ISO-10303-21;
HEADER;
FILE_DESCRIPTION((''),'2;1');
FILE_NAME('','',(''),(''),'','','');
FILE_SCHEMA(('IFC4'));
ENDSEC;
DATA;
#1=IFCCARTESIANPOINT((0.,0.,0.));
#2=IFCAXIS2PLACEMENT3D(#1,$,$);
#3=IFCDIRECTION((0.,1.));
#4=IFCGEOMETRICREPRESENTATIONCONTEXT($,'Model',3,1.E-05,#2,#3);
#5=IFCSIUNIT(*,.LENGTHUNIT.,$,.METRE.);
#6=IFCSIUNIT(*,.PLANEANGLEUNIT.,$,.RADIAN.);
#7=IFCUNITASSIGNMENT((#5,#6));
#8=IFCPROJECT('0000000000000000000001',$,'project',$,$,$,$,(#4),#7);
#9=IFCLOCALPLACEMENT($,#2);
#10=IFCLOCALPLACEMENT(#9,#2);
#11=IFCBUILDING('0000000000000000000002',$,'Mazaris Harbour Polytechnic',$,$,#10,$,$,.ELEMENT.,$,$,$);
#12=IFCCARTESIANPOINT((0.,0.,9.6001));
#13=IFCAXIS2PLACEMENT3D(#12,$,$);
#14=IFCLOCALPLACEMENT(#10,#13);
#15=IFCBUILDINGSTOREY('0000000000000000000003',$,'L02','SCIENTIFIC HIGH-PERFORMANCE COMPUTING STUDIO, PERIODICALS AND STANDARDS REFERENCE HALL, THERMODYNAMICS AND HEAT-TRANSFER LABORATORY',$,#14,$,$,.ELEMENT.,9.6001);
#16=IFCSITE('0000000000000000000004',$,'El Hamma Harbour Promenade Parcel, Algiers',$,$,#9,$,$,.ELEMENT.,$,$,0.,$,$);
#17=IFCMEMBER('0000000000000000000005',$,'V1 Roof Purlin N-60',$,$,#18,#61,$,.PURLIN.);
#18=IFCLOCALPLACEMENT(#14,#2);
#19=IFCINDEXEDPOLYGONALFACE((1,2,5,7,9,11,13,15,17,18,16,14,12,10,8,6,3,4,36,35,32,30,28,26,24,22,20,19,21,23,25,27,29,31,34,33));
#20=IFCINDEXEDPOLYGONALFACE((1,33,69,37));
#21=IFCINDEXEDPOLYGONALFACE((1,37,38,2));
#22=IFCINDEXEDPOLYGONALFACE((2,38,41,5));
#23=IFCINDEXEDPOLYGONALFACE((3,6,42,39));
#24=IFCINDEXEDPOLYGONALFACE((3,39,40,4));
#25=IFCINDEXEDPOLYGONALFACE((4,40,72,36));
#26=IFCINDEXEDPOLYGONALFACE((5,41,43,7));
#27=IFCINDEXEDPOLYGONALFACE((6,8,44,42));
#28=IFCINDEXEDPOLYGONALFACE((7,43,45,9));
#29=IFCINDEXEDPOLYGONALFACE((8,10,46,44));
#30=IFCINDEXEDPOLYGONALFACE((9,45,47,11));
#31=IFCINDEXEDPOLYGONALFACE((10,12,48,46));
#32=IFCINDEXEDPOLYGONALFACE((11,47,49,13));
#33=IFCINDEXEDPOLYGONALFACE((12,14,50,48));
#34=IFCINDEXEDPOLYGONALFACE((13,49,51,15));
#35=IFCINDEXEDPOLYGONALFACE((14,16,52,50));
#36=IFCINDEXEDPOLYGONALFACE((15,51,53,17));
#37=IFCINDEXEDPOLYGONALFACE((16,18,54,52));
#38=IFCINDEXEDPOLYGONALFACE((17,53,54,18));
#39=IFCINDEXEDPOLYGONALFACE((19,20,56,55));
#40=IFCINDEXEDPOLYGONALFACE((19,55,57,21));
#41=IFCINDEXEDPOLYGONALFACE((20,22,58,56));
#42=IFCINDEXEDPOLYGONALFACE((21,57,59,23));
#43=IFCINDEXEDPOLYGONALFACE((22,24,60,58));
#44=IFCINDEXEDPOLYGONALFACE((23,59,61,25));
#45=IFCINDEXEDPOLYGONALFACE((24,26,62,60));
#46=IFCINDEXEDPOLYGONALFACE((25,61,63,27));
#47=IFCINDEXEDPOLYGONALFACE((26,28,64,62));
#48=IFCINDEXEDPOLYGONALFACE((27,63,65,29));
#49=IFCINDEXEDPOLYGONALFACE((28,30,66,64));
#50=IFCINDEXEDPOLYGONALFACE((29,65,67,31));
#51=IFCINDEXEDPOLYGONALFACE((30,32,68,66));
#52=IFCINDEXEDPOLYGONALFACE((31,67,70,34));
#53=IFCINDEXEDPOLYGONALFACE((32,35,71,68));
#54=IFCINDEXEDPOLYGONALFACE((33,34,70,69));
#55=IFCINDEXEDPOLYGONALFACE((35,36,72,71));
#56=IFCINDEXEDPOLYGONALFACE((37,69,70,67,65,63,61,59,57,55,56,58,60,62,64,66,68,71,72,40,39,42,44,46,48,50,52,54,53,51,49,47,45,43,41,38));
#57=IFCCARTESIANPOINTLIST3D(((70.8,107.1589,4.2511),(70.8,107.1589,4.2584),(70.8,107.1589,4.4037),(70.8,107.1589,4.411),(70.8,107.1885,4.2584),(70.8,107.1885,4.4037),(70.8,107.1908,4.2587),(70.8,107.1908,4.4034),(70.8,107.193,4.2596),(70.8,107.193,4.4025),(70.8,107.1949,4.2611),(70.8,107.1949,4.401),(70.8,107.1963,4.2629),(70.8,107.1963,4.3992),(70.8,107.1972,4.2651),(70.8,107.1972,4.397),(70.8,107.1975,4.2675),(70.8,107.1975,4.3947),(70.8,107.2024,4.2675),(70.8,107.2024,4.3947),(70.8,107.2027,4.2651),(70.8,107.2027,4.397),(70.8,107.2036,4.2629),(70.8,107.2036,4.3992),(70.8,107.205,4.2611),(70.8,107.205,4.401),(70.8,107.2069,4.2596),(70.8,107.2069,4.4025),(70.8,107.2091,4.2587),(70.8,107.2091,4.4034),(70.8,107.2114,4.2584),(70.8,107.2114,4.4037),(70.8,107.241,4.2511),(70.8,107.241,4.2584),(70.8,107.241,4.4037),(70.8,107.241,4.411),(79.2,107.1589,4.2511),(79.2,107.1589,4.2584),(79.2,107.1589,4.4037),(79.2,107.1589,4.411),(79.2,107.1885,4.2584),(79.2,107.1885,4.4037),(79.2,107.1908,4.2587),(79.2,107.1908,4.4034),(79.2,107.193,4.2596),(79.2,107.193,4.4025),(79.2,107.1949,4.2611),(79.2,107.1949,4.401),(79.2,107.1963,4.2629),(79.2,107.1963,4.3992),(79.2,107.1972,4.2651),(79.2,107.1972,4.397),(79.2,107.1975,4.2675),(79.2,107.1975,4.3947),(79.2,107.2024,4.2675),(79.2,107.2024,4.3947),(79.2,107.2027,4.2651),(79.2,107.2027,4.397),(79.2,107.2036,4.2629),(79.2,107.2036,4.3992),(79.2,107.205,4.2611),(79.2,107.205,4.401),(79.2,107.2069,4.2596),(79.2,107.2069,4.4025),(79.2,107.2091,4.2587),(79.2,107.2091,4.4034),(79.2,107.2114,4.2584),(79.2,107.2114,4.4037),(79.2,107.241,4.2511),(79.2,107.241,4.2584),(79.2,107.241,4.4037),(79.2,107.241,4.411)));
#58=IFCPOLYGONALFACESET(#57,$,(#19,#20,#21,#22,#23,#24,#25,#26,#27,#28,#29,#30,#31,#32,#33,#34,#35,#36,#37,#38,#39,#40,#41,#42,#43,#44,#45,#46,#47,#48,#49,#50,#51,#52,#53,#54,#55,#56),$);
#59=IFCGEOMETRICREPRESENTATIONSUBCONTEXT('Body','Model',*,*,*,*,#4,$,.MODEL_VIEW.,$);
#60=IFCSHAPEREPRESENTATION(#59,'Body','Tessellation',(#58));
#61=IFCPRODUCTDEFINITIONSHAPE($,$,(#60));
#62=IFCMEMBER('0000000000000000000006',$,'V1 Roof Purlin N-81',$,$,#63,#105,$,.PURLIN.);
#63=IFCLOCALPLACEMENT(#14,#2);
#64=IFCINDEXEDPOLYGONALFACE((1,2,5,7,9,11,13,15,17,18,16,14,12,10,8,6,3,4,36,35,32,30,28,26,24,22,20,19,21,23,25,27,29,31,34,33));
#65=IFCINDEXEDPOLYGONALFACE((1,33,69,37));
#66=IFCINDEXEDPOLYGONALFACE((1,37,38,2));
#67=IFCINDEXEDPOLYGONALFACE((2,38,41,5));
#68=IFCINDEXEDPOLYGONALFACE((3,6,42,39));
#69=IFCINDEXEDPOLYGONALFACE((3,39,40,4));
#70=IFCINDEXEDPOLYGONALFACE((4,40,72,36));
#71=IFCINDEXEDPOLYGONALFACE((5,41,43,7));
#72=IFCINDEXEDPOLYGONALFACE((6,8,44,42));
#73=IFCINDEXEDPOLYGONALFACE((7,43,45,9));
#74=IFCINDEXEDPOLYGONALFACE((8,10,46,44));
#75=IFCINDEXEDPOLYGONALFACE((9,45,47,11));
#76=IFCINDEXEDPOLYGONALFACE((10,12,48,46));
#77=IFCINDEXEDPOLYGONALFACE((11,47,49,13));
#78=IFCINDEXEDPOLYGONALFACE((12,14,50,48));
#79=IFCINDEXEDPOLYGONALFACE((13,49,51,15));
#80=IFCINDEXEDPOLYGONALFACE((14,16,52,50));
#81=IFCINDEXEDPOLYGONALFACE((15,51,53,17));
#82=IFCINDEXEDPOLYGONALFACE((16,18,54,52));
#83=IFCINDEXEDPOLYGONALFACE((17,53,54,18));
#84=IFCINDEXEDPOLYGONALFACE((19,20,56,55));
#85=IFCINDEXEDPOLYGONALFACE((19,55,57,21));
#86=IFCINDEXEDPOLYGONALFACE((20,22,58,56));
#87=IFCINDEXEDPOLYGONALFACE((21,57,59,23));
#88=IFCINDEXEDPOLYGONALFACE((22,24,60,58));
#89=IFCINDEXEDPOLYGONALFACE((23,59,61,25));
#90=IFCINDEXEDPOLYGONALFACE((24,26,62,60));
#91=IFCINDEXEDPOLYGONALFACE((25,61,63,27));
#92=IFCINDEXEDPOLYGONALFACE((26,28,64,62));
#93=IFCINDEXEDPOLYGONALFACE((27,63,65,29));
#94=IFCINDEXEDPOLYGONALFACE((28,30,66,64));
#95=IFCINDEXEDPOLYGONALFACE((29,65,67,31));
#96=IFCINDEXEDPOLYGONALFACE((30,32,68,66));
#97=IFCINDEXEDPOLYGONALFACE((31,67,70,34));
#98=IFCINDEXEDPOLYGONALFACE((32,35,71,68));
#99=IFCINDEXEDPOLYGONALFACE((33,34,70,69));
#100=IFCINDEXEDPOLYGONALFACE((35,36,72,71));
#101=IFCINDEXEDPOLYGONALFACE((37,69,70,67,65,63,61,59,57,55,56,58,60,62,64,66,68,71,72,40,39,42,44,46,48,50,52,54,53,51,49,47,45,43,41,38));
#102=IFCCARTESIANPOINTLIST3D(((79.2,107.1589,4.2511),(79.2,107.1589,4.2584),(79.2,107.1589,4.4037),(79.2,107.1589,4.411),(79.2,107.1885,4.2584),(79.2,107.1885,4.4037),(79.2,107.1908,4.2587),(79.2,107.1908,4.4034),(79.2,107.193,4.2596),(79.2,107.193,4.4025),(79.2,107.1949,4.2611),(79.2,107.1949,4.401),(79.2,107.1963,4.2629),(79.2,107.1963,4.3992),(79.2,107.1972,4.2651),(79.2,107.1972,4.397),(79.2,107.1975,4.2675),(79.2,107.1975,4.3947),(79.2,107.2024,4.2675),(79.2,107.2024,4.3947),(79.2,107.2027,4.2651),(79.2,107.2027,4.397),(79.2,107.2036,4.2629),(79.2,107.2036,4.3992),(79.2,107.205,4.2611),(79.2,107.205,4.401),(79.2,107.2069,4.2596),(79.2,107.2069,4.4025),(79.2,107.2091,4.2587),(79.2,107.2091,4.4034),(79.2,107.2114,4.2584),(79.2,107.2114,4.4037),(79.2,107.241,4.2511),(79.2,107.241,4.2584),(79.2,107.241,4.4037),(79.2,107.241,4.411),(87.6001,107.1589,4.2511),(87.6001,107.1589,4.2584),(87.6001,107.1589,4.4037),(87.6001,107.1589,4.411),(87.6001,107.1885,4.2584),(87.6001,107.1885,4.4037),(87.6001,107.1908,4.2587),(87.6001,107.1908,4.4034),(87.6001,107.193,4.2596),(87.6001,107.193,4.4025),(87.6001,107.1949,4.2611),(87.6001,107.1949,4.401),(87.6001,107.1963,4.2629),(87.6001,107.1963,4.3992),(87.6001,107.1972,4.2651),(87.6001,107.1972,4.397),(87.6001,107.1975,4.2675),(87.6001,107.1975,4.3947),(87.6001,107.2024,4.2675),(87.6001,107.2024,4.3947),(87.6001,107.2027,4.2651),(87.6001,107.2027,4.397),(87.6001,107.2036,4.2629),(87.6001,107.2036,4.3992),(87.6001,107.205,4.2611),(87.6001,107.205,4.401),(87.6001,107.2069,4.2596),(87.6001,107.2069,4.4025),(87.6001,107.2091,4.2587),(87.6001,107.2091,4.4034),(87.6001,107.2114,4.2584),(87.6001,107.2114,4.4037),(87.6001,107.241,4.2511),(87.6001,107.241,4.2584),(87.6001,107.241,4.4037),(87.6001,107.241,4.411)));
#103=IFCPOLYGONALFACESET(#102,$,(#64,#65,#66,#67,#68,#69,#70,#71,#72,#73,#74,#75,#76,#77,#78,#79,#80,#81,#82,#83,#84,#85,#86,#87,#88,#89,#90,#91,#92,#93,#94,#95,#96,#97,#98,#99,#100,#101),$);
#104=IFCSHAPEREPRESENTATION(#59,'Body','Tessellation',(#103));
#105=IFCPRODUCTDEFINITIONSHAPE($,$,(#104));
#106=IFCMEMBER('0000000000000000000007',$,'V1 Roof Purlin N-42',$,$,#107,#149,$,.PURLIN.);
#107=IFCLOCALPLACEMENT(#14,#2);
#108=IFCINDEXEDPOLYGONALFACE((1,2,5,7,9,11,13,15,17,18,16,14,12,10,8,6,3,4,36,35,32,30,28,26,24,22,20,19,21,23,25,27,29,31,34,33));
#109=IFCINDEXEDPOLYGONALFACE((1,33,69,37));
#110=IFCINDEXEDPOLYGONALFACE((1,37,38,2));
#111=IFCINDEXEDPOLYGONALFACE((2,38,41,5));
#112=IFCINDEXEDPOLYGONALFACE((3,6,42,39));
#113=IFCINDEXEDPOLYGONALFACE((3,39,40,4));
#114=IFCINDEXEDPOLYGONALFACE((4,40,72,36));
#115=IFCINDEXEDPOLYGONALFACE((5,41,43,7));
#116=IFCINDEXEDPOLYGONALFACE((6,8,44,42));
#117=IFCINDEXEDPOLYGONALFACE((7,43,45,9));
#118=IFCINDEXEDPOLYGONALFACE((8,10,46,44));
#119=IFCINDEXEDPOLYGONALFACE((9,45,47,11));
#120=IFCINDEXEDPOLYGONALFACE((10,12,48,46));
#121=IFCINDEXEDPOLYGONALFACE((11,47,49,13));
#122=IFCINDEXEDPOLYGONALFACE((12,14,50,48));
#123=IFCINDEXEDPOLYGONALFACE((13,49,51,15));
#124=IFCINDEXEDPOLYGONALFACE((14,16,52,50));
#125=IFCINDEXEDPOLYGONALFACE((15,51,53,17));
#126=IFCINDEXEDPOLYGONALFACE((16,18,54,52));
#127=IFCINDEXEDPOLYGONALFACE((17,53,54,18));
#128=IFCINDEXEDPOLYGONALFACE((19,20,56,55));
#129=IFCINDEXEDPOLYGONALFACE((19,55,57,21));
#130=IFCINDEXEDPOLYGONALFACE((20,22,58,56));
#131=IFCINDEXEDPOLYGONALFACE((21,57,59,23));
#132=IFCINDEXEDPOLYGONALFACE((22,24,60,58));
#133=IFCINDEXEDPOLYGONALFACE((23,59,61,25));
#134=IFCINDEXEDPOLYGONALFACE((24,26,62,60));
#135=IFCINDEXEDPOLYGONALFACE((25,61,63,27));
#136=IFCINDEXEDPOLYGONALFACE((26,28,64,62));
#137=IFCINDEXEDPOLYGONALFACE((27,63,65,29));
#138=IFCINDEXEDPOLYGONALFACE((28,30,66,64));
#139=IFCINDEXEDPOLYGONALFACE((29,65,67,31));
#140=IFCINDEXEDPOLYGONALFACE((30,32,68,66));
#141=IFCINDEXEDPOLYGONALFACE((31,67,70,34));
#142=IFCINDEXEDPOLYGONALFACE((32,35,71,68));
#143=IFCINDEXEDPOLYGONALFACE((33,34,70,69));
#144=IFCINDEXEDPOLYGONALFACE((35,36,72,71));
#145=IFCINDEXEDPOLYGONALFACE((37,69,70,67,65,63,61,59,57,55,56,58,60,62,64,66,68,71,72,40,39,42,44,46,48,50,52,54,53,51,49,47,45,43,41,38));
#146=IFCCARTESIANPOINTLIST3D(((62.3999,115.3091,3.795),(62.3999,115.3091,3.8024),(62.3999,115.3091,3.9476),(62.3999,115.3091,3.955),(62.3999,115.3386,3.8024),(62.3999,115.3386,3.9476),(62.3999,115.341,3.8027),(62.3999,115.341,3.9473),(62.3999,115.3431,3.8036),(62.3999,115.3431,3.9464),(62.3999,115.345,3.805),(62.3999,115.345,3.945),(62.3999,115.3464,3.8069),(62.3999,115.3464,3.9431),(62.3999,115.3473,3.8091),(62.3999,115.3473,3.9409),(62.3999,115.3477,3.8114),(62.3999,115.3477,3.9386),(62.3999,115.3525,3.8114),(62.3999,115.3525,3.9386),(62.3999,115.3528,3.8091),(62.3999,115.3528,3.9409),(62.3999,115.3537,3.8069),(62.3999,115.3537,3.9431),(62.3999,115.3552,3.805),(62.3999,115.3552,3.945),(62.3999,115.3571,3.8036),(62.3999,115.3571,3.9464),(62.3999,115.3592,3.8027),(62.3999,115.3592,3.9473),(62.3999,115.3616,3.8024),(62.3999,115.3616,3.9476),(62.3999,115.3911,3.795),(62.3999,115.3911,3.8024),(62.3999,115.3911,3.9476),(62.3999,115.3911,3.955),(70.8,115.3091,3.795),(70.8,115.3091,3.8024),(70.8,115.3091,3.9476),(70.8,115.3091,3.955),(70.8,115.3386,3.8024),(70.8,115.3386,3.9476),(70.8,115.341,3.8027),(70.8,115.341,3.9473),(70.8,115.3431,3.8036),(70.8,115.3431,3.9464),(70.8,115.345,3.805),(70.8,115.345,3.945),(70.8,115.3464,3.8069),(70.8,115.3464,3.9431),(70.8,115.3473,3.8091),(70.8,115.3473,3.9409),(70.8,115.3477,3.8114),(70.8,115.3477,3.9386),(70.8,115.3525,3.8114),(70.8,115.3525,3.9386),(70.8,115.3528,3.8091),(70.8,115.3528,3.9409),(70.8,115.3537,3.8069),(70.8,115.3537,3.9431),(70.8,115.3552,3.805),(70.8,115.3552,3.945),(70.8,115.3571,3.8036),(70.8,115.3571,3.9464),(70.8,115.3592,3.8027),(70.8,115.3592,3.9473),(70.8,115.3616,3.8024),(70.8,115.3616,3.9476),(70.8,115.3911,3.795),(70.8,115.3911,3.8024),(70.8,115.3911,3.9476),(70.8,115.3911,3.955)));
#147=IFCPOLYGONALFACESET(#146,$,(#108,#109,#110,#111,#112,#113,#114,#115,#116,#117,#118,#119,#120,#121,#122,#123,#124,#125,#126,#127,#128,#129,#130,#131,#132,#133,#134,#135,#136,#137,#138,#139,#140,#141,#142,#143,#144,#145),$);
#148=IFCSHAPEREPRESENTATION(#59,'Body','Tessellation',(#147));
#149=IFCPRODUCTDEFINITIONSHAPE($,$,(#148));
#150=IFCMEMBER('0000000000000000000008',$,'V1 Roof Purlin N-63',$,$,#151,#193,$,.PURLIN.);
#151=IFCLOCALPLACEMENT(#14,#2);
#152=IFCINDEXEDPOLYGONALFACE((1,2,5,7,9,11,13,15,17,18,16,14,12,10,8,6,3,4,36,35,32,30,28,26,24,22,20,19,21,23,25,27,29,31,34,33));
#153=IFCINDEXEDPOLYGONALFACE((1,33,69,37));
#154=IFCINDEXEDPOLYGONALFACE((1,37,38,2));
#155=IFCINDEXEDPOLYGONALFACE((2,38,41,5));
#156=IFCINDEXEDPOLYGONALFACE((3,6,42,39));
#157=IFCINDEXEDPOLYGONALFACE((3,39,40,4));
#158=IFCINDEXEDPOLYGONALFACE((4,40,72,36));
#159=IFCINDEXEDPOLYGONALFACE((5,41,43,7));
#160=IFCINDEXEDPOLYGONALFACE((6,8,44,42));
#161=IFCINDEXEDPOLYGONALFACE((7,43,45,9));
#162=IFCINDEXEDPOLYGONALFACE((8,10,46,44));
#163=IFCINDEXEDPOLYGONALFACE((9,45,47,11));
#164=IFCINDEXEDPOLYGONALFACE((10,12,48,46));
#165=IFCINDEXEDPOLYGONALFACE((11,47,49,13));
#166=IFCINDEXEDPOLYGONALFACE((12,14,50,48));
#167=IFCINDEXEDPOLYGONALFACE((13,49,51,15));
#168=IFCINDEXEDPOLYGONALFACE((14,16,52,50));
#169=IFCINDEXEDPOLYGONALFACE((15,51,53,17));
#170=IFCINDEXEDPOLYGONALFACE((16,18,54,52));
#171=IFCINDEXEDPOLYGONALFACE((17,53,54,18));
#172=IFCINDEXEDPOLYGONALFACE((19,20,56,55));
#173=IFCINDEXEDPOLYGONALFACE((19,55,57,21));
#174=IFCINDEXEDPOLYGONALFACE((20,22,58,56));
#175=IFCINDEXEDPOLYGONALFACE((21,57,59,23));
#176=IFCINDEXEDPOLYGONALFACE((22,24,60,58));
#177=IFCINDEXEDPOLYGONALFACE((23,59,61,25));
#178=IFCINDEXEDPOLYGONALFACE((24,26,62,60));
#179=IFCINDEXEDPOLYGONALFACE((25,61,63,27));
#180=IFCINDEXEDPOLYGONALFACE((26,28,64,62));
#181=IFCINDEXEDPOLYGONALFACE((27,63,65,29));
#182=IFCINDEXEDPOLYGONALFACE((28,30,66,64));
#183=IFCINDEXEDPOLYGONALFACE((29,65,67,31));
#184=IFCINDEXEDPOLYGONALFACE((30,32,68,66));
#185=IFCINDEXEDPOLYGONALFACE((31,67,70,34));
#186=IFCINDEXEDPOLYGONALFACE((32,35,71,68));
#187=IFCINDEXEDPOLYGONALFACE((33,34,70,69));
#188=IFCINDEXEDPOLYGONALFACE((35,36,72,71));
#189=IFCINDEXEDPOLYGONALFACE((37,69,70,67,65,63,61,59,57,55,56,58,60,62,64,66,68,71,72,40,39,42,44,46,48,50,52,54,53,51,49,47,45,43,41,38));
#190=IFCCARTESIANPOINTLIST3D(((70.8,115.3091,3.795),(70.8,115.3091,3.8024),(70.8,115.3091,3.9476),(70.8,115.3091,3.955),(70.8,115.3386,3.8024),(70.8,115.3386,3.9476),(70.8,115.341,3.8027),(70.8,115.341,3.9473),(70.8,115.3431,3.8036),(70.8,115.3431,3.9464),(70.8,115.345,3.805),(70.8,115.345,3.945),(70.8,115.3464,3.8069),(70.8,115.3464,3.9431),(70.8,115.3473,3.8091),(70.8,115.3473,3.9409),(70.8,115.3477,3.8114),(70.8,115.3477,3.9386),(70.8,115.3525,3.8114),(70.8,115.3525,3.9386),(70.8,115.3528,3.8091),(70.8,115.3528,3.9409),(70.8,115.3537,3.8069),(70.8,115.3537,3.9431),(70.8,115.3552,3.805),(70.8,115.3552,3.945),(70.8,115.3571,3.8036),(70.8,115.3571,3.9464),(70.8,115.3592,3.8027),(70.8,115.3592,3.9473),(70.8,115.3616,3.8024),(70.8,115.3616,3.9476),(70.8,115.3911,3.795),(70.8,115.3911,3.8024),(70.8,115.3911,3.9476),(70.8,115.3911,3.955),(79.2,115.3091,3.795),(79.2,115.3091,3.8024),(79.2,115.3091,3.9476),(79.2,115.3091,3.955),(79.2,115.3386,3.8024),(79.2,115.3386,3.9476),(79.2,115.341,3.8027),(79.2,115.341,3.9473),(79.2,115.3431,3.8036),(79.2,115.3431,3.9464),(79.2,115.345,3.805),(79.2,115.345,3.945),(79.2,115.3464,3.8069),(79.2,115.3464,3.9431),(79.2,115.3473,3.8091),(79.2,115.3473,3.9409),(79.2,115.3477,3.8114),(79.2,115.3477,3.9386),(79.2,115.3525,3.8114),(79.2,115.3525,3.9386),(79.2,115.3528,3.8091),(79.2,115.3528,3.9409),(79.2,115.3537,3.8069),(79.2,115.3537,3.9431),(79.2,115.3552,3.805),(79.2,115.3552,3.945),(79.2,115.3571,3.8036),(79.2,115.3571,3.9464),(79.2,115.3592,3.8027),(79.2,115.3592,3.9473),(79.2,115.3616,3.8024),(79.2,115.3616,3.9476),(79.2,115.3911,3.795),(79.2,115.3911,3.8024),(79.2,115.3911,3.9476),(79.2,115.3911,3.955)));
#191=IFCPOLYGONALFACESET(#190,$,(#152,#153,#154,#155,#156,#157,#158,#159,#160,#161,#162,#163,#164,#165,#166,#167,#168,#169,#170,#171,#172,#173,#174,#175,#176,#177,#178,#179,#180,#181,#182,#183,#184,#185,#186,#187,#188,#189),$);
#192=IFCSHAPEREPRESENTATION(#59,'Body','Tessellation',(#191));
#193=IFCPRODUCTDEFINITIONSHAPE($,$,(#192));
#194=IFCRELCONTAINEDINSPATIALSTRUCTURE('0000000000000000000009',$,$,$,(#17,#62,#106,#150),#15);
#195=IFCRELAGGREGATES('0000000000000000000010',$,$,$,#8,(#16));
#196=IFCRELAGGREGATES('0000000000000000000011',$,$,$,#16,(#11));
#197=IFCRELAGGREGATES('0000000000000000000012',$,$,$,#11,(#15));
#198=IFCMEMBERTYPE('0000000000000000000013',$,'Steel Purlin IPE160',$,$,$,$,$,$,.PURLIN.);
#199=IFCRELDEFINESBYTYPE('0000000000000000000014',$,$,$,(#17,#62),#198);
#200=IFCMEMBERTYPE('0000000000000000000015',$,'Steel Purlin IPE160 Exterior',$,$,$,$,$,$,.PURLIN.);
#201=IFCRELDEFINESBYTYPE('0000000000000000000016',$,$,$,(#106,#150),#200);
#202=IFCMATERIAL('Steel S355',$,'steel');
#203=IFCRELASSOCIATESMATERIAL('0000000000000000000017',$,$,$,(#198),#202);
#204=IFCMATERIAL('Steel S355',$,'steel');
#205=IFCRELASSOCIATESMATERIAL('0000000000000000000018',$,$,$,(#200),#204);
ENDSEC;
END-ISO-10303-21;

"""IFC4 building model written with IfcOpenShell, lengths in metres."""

from ifc_helpers import new_model, si_unit, direction, frame, origin, origin_2d, place, context, subcontext, project, spatial, i_section, extrude, material, material_profile, profile_set, type_object, element, save


model = new_model("IFC4")

# Units and contexts
model_context = context("Model", 3, precision=1e-05, world=origin(), true_north=direction((0.0, 1.0)))
body_context = subcontext(model_context, "Body", "Model", "MODEL_VIEW")
ifc_project = project(units=[si_unit("LENGTHUNIT", "METRE"), si_unit("PLANEANGLEUNIT", "RADIAN")], contexts=[model_context])

# Site, building, storey
site_placement = place(None, origin())
site = spatial("IfcSite", under=ifc_project, at=site_placement, Name="El Hamma Harbour Promenade Parcel, Algiers", CompositionType="ELEMENT", RefElevation=0.0)
building_placement = place(site_placement, origin())
building = spatial("IfcBuilding", under=site, at=building_placement, Name="Mazaris Harbour Polytechnic", CompositionType="ELEMENT")
storey_placement = place(building_placement, frame((0.0, 0.0, 9.6001)))
storey = spatial("IfcBuildingStorey", under=building, at=storey_placement, Name="L02", Description="SCIENTIFIC HIGH-PERFORMANCE COMPUTING STUDIO, PERIODICALS AND STANDARDS REFERENCE HALL, THERMODYNAMICS AND HEAT-TRANSFER LABORATORY", CompositionType="ELEMENT", Elevation=9.6001)

# Members
ifc_material_1 = material(Name="Steel S355", Category="steel")
ifc_material_profile_1 = material_profile(ifc_material_1, i_section(OverallWidth=0.082, OverallDepth=0.1599, WebThickness=0.0049, FlangeThickness=0.0073, FilletRadius=0.009, at=origin_2d()), Name="IPE 160")
ifc_profile_set_1 = profile_set([ifc_material_profile_1], Name="Steel S355")
member_type_1 = type_object("IfcMemberType", Name="Steel Purlin IPE160", PredefinedType="PURLIN", material=ifc_profile_set_1)
member_1_placement = place(storey_placement, frame((70.8, 107.2, 4.3311), z_axis=(1.0, 0.0, 0.0), x_axis=(0.0, 1.0, 0.0)))
element("IfcMember", 1, at=member_1_placement, inside=storey, type_object=member_type_1, Name="V1 Roof Purlin N-60", PredefinedType="PURLIN", context=body_context, shape_type="SweptSolid", body=[
    extrude(i_section(OverallWidth=0.082, OverallDepth=0.1599, WebThickness=0.0049, FlangeThickness=0.0073, FilletRadius=0.009, at=origin_2d()), origin(), (0.0, 0.0, 1.0), 8.3999),
])
member_2_placement = place(storey_placement, frame((79.2, 107.2, 4.3311), z_axis=(1.0, 0.0, 0.0), x_axis=(0.0, 1.0, 0.0)))
element("IfcMember", 2, at=member_2_placement, inside=storey, type_object=member_type_1, Name="V1 Roof Purlin N-81", PredefinedType="PURLIN", context=body_context, shape_type="SweptSolid", body=[
    extrude(i_section(OverallWidth=0.082, OverallDepth=0.1599, WebThickness=0.0049, FlangeThickness=0.0073, FilletRadius=0.009, at=origin_2d()), origin(), (0.0, 0.0, 1.0), 8.4001),
])
ifc_material_2 = material(Name="Steel S355", Category="steel")
ifc_material_profile_2 = material_profile(ifc_material_2, i_section(OverallWidth=0.082, OverallDepth=0.1599, WebThickness=0.0049, FlangeThickness=0.0073, FilletRadius=0.009, at=origin_2d()), Name="IPE 160")
ifc_profile_set_2 = profile_set([ifc_material_profile_2], Name="Steel S355")
member_type_2 = type_object("IfcMemberType", Name="Steel Purlin IPE160 Exterior", PredefinedType="PURLIN", material=ifc_profile_set_2)
member_3_placement = place(storey_placement, frame((62.3999, 115.3501, 3.875), z_axis=(1.0, 0.0, 0.0), x_axis=(0.0, 1.0, 0.0)))
element("IfcMember", 3, at=member_3_placement, inside=storey, type_object=member_type_2, Name="V1 Roof Purlin N-42", PredefinedType="PURLIN", context=body_context, shape_type="SweptSolid", body=[
    extrude(i_section(OverallWidth=0.082, OverallDepth=0.1599, WebThickness=0.0049, FlangeThickness=0.0073, FilletRadius=0.009, at=origin_2d()), origin(), (0.0, 0.0, 1.0), 8.4001),
])
member_4_placement = place(storey_placement, frame((70.8, 115.3501, 3.875), z_axis=(1.0, 0.0, 0.0), x_axis=(0.0, 1.0, 0.0)))
element("IfcMember", 4, at=member_4_placement, inside=storey, type_object=member_type_2, Name="V1 Roof Purlin N-63", PredefinedType="PURLIN", context=body_context, shape_type="SweptSolid", body=[
    extrude(i_section(OverallWidth=0.082, OverallDepth=0.1599, WebThickness=0.0049, FlangeThickness=0.0073, FilletRadius=0.009, at=origin_2d()), origin(), (0.0, 0.0, 1.0), 8.3999),
])

save(model, "model.ifc")
